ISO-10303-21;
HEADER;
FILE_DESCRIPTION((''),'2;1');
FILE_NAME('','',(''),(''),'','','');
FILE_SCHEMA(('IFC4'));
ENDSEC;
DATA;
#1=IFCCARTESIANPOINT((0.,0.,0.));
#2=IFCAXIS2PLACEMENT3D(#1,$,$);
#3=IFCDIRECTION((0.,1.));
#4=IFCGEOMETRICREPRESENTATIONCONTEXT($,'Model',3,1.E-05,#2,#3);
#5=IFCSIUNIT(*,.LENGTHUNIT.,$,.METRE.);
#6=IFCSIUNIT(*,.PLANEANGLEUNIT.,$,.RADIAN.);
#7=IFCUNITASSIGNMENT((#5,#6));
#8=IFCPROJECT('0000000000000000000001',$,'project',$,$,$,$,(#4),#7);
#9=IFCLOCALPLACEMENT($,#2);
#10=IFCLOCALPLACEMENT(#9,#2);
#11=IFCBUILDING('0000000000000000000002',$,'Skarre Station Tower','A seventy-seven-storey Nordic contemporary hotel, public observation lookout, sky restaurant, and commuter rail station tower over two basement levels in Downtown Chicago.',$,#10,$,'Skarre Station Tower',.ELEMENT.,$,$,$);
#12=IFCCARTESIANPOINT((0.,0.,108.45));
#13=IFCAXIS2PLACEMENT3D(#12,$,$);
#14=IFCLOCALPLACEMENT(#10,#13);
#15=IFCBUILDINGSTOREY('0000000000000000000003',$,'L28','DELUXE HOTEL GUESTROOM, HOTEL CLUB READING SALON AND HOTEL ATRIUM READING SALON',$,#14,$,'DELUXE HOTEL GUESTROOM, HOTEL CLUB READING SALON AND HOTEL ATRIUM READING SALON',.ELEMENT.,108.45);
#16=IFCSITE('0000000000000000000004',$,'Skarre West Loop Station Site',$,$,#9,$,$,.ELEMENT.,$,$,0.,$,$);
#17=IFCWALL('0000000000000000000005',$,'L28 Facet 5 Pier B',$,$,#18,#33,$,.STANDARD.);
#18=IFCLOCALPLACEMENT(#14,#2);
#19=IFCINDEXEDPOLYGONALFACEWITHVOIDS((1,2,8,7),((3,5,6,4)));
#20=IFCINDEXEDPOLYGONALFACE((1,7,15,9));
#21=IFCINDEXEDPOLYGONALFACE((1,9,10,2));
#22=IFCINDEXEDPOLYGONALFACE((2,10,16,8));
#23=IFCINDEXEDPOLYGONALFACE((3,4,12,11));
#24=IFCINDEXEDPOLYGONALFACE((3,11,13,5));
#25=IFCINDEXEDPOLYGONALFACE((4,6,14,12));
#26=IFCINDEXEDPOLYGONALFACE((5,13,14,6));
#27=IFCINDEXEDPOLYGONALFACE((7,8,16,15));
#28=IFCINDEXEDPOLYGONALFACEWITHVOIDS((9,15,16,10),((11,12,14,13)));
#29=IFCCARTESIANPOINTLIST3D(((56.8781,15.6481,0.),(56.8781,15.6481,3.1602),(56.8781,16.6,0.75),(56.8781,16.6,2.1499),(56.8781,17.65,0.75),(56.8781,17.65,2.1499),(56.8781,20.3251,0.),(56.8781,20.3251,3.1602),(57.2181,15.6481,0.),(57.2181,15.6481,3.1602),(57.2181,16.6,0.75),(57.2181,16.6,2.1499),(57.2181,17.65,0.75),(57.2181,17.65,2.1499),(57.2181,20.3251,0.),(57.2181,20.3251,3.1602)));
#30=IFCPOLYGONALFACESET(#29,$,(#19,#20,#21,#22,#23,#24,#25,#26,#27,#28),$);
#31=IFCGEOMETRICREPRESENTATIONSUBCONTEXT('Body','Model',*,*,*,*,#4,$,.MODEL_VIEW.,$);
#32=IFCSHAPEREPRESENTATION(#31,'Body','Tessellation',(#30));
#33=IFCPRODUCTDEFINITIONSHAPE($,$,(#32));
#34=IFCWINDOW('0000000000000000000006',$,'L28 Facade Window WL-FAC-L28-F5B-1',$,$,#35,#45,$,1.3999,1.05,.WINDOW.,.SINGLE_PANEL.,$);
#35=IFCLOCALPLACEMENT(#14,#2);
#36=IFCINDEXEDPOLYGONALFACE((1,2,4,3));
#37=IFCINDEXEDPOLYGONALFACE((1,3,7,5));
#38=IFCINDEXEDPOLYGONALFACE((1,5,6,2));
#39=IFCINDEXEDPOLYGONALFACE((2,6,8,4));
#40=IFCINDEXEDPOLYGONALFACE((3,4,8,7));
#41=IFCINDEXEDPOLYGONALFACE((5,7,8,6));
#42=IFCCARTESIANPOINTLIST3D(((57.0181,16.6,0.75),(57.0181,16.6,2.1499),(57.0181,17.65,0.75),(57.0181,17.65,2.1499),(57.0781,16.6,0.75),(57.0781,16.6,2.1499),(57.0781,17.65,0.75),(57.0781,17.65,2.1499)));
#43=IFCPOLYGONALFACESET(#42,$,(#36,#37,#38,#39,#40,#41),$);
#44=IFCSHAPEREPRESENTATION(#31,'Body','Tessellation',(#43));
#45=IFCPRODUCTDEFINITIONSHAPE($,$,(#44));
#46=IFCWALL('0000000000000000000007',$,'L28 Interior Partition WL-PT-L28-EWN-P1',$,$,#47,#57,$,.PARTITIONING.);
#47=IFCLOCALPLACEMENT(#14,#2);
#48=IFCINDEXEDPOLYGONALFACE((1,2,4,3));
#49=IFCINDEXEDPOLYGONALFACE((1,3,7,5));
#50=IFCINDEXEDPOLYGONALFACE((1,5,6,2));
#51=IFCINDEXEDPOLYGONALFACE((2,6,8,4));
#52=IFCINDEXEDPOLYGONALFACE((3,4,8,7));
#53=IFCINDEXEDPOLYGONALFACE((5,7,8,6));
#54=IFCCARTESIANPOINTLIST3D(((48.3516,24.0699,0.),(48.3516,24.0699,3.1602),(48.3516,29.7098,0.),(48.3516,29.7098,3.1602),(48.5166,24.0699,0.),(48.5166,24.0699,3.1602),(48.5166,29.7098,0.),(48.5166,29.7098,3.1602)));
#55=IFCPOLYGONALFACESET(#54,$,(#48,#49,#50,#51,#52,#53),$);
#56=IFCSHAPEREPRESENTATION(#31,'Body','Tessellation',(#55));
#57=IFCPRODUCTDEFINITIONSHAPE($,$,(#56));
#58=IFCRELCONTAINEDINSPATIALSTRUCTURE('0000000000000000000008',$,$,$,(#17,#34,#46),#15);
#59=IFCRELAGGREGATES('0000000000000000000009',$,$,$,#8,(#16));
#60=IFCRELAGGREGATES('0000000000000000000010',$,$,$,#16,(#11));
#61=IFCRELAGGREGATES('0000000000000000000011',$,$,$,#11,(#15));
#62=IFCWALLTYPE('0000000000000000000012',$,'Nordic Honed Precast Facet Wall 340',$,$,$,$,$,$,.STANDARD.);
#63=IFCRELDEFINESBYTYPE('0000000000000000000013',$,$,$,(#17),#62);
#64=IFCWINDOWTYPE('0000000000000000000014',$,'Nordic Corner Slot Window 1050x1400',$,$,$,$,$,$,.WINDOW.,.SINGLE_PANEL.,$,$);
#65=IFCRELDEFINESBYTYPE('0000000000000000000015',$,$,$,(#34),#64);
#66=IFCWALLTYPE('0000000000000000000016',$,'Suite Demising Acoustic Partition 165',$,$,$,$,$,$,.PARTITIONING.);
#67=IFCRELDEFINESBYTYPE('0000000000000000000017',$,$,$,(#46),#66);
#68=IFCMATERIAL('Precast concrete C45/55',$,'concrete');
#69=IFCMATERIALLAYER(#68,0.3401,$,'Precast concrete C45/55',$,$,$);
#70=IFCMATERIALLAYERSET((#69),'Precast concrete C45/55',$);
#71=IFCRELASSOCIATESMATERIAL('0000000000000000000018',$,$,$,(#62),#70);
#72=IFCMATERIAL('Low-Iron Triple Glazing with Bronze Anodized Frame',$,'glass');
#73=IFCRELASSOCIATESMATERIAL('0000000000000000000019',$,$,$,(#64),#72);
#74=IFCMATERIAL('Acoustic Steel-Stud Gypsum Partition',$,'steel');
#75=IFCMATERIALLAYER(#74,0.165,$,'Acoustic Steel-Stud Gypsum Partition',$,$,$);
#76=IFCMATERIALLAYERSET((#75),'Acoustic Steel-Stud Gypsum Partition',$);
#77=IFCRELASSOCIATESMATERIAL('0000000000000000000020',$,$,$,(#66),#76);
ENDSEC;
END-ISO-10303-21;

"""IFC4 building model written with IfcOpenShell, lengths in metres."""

from ifc_helpers import new_model, si_unit, direction, frame, frame_2d, origin, place, context, subcontext, project, spatial, rectangle, extrude, material, layer, layer_set, type_object, element, fill, save


model = new_model("IFC4")

# Units and contexts
model_context = context("Model", 3, precision=1e-05, world=origin(), true_north=direction((0.0, 1.0)))
body_context = subcontext(model_context, "Body", "Model", "MODEL_VIEW")
ifc_project = project(units=[si_unit("LENGTHUNIT", "METRE"), si_unit("PLANEANGLEUNIT", "RADIAN")], contexts=[model_context])

# Site, building, storey
site_placement = place(None, origin())
site = spatial("IfcSite", under=ifc_project, at=site_placement, Name="Skarre West Loop Station Site", CompositionType="ELEMENT", RefElevation=0.0)
building_placement = place(site_placement, origin())
building = spatial("IfcBuilding", under=site, at=building_placement, Name="Skarre Station Tower", Description="A seventy-seven-storey Nordic contemporary hotel, public observation lookout, sky restaurant, and commuter rail station tower over two basement levels in Downtown Chicago.", LongName="Skarre Station Tower", CompositionType="ELEMENT")
storey_placement = place(building_placement, frame((0.0, 0.0, 108.45)))
storey = spatial("IfcBuildingStorey", under=building, at=storey_placement, Name="L28", Description="DELUXE HOTEL GUESTROOM, HOTEL CLUB READING SALON AND HOTEL ATRIUM READING SALON", LongName="DELUXE HOTEL GUESTROOM, HOTEL CLUB READING SALON AND HOTEL ATRIUM READING SALON", CompositionType="ELEMENT", Elevation=108.45)

# Wall, opening, window
ifc_material_1 = material(Name="Precast concrete C45/55", Category="concrete")
ifc_layer_1 = layer(ifc_material_1, 0.3401, Name="Precast concrete C45/55")
ifc_layer_set_1 = layer_set([ifc_layer_1], Name="Precast concrete C45/55")
wall_type_1 = type_object("IfcWallType", Name="Nordic Honed Precast Facet Wall 340", PredefinedType="STANDARD", material=ifc_layer_set_1)
wall_1_placement = place(storey_placement, frame((57.0481, 20.325, 0.0), z_axis=(0.0, 0.0, 1.0), x_axis=(0.0, -1.0, 0.0)))
wall_1 = element("IfcWall", 1, at=wall_1_placement, inside=storey, type_object=wall_type_1, Name="L28 Facet 5 Pier B", PredefinedType="STANDARD", context=body_context, shape_type="SweptSolid", body=[
    extrude(rectangle(XDim=4.677, YDim=0.3401, at=frame_2d((2.3384, 0.0))), origin(), (0.0, 0.0, 1.0), 3.1602),
])
opening_placement = place(wall_1_placement, frame((2.675, 0.0, 0.75)))
opening = element("IfcOpeningElement", 2, at=opening_placement, cuts=wall_1, PredefinedType="OPENING", context=body_context, shape_type="SweptSolid", body=[
    extrude(rectangle(XDim=1.05, YDim=1.3999, at=frame_2d((0.5249, 0.7))), frame((0.0, 0.1799, 0.0), z_axis=(0.0, -1.0, 0.0), x_axis=(1.0, 0.0, 0.0)), (0.0, 0.0, 1.0), 0.3601),
])
ifc_material_2 = material(Name="Low-Iron Triple Glazing with Bronze Anodized Frame", Category="glass")
window_type = type_object("IfcWindowType", Name="Nordic Corner Slot Window 1050x1400", PartitioningType="SINGLE_PANEL", PredefinedType="WINDOW", material=ifc_material_2)
window_placement = place(opening_placement, origin())
window = element("IfcWindow", 3, at=window_placement, inside=storey, type_object=window_type, Name="L28 Facade Window WL-FAC-L28-F5B-1", OverallHeight=1.3999, OverallWidth=1.05, PartitioningType="SINGLE_PANEL", PredefinedType="WINDOW", context=body_context, shape_type="SweptSolid", body=[
    extrude(rectangle(XDim=1.05, YDim=1.3999, at=frame_2d((0.5249, 0.7))), frame((0.0, 0.03, 0.0), z_axis=(0.0, -1.0, 0.0), x_axis=(1.0, 0.0, 0.0)), (0.0, 0.0, 1.0), 0.0601),
])
fill(opening, window)

# Wall
ifc_material_3 = material(Name="Acoustic Steel-Stud Gypsum Partition", Category="steel")
ifc_layer_2 = layer(ifc_material_3, 0.165, Name="Acoustic Steel-Stud Gypsum Partition")
ifc_layer_set_2 = layer_set([ifc_layer_2], Name="Acoustic Steel-Stud Gypsum Partition")
wall_type_2 = type_object("IfcWallType", Name="Suite Demising Acoustic Partition 165", PredefinedType="PARTITIONING", material=ifc_layer_set_2)
wall_2_placement = place(storey_placement, frame((48.4341, 24.0701, 0.0), z_axis=(0.0, 0.0, 1.0), x_axis=(0.0, 1.0, 0.0)))
element("IfcWall", 4, at=wall_2_placement, inside=storey, type_object=wall_type_2, Name="L28 Interior Partition WL-PT-L28-EWN-P1", PredefinedType="PARTITIONING", context=body_context, shape_type="SweptSolid", body=[
    extrude(rectangle(XDim=5.6399, YDim=0.165, at=frame_2d((2.8198, 0.0))), origin(), (0.0, 0.0, 1.0), 3.1602),
])

save(model, "model.ifc")
